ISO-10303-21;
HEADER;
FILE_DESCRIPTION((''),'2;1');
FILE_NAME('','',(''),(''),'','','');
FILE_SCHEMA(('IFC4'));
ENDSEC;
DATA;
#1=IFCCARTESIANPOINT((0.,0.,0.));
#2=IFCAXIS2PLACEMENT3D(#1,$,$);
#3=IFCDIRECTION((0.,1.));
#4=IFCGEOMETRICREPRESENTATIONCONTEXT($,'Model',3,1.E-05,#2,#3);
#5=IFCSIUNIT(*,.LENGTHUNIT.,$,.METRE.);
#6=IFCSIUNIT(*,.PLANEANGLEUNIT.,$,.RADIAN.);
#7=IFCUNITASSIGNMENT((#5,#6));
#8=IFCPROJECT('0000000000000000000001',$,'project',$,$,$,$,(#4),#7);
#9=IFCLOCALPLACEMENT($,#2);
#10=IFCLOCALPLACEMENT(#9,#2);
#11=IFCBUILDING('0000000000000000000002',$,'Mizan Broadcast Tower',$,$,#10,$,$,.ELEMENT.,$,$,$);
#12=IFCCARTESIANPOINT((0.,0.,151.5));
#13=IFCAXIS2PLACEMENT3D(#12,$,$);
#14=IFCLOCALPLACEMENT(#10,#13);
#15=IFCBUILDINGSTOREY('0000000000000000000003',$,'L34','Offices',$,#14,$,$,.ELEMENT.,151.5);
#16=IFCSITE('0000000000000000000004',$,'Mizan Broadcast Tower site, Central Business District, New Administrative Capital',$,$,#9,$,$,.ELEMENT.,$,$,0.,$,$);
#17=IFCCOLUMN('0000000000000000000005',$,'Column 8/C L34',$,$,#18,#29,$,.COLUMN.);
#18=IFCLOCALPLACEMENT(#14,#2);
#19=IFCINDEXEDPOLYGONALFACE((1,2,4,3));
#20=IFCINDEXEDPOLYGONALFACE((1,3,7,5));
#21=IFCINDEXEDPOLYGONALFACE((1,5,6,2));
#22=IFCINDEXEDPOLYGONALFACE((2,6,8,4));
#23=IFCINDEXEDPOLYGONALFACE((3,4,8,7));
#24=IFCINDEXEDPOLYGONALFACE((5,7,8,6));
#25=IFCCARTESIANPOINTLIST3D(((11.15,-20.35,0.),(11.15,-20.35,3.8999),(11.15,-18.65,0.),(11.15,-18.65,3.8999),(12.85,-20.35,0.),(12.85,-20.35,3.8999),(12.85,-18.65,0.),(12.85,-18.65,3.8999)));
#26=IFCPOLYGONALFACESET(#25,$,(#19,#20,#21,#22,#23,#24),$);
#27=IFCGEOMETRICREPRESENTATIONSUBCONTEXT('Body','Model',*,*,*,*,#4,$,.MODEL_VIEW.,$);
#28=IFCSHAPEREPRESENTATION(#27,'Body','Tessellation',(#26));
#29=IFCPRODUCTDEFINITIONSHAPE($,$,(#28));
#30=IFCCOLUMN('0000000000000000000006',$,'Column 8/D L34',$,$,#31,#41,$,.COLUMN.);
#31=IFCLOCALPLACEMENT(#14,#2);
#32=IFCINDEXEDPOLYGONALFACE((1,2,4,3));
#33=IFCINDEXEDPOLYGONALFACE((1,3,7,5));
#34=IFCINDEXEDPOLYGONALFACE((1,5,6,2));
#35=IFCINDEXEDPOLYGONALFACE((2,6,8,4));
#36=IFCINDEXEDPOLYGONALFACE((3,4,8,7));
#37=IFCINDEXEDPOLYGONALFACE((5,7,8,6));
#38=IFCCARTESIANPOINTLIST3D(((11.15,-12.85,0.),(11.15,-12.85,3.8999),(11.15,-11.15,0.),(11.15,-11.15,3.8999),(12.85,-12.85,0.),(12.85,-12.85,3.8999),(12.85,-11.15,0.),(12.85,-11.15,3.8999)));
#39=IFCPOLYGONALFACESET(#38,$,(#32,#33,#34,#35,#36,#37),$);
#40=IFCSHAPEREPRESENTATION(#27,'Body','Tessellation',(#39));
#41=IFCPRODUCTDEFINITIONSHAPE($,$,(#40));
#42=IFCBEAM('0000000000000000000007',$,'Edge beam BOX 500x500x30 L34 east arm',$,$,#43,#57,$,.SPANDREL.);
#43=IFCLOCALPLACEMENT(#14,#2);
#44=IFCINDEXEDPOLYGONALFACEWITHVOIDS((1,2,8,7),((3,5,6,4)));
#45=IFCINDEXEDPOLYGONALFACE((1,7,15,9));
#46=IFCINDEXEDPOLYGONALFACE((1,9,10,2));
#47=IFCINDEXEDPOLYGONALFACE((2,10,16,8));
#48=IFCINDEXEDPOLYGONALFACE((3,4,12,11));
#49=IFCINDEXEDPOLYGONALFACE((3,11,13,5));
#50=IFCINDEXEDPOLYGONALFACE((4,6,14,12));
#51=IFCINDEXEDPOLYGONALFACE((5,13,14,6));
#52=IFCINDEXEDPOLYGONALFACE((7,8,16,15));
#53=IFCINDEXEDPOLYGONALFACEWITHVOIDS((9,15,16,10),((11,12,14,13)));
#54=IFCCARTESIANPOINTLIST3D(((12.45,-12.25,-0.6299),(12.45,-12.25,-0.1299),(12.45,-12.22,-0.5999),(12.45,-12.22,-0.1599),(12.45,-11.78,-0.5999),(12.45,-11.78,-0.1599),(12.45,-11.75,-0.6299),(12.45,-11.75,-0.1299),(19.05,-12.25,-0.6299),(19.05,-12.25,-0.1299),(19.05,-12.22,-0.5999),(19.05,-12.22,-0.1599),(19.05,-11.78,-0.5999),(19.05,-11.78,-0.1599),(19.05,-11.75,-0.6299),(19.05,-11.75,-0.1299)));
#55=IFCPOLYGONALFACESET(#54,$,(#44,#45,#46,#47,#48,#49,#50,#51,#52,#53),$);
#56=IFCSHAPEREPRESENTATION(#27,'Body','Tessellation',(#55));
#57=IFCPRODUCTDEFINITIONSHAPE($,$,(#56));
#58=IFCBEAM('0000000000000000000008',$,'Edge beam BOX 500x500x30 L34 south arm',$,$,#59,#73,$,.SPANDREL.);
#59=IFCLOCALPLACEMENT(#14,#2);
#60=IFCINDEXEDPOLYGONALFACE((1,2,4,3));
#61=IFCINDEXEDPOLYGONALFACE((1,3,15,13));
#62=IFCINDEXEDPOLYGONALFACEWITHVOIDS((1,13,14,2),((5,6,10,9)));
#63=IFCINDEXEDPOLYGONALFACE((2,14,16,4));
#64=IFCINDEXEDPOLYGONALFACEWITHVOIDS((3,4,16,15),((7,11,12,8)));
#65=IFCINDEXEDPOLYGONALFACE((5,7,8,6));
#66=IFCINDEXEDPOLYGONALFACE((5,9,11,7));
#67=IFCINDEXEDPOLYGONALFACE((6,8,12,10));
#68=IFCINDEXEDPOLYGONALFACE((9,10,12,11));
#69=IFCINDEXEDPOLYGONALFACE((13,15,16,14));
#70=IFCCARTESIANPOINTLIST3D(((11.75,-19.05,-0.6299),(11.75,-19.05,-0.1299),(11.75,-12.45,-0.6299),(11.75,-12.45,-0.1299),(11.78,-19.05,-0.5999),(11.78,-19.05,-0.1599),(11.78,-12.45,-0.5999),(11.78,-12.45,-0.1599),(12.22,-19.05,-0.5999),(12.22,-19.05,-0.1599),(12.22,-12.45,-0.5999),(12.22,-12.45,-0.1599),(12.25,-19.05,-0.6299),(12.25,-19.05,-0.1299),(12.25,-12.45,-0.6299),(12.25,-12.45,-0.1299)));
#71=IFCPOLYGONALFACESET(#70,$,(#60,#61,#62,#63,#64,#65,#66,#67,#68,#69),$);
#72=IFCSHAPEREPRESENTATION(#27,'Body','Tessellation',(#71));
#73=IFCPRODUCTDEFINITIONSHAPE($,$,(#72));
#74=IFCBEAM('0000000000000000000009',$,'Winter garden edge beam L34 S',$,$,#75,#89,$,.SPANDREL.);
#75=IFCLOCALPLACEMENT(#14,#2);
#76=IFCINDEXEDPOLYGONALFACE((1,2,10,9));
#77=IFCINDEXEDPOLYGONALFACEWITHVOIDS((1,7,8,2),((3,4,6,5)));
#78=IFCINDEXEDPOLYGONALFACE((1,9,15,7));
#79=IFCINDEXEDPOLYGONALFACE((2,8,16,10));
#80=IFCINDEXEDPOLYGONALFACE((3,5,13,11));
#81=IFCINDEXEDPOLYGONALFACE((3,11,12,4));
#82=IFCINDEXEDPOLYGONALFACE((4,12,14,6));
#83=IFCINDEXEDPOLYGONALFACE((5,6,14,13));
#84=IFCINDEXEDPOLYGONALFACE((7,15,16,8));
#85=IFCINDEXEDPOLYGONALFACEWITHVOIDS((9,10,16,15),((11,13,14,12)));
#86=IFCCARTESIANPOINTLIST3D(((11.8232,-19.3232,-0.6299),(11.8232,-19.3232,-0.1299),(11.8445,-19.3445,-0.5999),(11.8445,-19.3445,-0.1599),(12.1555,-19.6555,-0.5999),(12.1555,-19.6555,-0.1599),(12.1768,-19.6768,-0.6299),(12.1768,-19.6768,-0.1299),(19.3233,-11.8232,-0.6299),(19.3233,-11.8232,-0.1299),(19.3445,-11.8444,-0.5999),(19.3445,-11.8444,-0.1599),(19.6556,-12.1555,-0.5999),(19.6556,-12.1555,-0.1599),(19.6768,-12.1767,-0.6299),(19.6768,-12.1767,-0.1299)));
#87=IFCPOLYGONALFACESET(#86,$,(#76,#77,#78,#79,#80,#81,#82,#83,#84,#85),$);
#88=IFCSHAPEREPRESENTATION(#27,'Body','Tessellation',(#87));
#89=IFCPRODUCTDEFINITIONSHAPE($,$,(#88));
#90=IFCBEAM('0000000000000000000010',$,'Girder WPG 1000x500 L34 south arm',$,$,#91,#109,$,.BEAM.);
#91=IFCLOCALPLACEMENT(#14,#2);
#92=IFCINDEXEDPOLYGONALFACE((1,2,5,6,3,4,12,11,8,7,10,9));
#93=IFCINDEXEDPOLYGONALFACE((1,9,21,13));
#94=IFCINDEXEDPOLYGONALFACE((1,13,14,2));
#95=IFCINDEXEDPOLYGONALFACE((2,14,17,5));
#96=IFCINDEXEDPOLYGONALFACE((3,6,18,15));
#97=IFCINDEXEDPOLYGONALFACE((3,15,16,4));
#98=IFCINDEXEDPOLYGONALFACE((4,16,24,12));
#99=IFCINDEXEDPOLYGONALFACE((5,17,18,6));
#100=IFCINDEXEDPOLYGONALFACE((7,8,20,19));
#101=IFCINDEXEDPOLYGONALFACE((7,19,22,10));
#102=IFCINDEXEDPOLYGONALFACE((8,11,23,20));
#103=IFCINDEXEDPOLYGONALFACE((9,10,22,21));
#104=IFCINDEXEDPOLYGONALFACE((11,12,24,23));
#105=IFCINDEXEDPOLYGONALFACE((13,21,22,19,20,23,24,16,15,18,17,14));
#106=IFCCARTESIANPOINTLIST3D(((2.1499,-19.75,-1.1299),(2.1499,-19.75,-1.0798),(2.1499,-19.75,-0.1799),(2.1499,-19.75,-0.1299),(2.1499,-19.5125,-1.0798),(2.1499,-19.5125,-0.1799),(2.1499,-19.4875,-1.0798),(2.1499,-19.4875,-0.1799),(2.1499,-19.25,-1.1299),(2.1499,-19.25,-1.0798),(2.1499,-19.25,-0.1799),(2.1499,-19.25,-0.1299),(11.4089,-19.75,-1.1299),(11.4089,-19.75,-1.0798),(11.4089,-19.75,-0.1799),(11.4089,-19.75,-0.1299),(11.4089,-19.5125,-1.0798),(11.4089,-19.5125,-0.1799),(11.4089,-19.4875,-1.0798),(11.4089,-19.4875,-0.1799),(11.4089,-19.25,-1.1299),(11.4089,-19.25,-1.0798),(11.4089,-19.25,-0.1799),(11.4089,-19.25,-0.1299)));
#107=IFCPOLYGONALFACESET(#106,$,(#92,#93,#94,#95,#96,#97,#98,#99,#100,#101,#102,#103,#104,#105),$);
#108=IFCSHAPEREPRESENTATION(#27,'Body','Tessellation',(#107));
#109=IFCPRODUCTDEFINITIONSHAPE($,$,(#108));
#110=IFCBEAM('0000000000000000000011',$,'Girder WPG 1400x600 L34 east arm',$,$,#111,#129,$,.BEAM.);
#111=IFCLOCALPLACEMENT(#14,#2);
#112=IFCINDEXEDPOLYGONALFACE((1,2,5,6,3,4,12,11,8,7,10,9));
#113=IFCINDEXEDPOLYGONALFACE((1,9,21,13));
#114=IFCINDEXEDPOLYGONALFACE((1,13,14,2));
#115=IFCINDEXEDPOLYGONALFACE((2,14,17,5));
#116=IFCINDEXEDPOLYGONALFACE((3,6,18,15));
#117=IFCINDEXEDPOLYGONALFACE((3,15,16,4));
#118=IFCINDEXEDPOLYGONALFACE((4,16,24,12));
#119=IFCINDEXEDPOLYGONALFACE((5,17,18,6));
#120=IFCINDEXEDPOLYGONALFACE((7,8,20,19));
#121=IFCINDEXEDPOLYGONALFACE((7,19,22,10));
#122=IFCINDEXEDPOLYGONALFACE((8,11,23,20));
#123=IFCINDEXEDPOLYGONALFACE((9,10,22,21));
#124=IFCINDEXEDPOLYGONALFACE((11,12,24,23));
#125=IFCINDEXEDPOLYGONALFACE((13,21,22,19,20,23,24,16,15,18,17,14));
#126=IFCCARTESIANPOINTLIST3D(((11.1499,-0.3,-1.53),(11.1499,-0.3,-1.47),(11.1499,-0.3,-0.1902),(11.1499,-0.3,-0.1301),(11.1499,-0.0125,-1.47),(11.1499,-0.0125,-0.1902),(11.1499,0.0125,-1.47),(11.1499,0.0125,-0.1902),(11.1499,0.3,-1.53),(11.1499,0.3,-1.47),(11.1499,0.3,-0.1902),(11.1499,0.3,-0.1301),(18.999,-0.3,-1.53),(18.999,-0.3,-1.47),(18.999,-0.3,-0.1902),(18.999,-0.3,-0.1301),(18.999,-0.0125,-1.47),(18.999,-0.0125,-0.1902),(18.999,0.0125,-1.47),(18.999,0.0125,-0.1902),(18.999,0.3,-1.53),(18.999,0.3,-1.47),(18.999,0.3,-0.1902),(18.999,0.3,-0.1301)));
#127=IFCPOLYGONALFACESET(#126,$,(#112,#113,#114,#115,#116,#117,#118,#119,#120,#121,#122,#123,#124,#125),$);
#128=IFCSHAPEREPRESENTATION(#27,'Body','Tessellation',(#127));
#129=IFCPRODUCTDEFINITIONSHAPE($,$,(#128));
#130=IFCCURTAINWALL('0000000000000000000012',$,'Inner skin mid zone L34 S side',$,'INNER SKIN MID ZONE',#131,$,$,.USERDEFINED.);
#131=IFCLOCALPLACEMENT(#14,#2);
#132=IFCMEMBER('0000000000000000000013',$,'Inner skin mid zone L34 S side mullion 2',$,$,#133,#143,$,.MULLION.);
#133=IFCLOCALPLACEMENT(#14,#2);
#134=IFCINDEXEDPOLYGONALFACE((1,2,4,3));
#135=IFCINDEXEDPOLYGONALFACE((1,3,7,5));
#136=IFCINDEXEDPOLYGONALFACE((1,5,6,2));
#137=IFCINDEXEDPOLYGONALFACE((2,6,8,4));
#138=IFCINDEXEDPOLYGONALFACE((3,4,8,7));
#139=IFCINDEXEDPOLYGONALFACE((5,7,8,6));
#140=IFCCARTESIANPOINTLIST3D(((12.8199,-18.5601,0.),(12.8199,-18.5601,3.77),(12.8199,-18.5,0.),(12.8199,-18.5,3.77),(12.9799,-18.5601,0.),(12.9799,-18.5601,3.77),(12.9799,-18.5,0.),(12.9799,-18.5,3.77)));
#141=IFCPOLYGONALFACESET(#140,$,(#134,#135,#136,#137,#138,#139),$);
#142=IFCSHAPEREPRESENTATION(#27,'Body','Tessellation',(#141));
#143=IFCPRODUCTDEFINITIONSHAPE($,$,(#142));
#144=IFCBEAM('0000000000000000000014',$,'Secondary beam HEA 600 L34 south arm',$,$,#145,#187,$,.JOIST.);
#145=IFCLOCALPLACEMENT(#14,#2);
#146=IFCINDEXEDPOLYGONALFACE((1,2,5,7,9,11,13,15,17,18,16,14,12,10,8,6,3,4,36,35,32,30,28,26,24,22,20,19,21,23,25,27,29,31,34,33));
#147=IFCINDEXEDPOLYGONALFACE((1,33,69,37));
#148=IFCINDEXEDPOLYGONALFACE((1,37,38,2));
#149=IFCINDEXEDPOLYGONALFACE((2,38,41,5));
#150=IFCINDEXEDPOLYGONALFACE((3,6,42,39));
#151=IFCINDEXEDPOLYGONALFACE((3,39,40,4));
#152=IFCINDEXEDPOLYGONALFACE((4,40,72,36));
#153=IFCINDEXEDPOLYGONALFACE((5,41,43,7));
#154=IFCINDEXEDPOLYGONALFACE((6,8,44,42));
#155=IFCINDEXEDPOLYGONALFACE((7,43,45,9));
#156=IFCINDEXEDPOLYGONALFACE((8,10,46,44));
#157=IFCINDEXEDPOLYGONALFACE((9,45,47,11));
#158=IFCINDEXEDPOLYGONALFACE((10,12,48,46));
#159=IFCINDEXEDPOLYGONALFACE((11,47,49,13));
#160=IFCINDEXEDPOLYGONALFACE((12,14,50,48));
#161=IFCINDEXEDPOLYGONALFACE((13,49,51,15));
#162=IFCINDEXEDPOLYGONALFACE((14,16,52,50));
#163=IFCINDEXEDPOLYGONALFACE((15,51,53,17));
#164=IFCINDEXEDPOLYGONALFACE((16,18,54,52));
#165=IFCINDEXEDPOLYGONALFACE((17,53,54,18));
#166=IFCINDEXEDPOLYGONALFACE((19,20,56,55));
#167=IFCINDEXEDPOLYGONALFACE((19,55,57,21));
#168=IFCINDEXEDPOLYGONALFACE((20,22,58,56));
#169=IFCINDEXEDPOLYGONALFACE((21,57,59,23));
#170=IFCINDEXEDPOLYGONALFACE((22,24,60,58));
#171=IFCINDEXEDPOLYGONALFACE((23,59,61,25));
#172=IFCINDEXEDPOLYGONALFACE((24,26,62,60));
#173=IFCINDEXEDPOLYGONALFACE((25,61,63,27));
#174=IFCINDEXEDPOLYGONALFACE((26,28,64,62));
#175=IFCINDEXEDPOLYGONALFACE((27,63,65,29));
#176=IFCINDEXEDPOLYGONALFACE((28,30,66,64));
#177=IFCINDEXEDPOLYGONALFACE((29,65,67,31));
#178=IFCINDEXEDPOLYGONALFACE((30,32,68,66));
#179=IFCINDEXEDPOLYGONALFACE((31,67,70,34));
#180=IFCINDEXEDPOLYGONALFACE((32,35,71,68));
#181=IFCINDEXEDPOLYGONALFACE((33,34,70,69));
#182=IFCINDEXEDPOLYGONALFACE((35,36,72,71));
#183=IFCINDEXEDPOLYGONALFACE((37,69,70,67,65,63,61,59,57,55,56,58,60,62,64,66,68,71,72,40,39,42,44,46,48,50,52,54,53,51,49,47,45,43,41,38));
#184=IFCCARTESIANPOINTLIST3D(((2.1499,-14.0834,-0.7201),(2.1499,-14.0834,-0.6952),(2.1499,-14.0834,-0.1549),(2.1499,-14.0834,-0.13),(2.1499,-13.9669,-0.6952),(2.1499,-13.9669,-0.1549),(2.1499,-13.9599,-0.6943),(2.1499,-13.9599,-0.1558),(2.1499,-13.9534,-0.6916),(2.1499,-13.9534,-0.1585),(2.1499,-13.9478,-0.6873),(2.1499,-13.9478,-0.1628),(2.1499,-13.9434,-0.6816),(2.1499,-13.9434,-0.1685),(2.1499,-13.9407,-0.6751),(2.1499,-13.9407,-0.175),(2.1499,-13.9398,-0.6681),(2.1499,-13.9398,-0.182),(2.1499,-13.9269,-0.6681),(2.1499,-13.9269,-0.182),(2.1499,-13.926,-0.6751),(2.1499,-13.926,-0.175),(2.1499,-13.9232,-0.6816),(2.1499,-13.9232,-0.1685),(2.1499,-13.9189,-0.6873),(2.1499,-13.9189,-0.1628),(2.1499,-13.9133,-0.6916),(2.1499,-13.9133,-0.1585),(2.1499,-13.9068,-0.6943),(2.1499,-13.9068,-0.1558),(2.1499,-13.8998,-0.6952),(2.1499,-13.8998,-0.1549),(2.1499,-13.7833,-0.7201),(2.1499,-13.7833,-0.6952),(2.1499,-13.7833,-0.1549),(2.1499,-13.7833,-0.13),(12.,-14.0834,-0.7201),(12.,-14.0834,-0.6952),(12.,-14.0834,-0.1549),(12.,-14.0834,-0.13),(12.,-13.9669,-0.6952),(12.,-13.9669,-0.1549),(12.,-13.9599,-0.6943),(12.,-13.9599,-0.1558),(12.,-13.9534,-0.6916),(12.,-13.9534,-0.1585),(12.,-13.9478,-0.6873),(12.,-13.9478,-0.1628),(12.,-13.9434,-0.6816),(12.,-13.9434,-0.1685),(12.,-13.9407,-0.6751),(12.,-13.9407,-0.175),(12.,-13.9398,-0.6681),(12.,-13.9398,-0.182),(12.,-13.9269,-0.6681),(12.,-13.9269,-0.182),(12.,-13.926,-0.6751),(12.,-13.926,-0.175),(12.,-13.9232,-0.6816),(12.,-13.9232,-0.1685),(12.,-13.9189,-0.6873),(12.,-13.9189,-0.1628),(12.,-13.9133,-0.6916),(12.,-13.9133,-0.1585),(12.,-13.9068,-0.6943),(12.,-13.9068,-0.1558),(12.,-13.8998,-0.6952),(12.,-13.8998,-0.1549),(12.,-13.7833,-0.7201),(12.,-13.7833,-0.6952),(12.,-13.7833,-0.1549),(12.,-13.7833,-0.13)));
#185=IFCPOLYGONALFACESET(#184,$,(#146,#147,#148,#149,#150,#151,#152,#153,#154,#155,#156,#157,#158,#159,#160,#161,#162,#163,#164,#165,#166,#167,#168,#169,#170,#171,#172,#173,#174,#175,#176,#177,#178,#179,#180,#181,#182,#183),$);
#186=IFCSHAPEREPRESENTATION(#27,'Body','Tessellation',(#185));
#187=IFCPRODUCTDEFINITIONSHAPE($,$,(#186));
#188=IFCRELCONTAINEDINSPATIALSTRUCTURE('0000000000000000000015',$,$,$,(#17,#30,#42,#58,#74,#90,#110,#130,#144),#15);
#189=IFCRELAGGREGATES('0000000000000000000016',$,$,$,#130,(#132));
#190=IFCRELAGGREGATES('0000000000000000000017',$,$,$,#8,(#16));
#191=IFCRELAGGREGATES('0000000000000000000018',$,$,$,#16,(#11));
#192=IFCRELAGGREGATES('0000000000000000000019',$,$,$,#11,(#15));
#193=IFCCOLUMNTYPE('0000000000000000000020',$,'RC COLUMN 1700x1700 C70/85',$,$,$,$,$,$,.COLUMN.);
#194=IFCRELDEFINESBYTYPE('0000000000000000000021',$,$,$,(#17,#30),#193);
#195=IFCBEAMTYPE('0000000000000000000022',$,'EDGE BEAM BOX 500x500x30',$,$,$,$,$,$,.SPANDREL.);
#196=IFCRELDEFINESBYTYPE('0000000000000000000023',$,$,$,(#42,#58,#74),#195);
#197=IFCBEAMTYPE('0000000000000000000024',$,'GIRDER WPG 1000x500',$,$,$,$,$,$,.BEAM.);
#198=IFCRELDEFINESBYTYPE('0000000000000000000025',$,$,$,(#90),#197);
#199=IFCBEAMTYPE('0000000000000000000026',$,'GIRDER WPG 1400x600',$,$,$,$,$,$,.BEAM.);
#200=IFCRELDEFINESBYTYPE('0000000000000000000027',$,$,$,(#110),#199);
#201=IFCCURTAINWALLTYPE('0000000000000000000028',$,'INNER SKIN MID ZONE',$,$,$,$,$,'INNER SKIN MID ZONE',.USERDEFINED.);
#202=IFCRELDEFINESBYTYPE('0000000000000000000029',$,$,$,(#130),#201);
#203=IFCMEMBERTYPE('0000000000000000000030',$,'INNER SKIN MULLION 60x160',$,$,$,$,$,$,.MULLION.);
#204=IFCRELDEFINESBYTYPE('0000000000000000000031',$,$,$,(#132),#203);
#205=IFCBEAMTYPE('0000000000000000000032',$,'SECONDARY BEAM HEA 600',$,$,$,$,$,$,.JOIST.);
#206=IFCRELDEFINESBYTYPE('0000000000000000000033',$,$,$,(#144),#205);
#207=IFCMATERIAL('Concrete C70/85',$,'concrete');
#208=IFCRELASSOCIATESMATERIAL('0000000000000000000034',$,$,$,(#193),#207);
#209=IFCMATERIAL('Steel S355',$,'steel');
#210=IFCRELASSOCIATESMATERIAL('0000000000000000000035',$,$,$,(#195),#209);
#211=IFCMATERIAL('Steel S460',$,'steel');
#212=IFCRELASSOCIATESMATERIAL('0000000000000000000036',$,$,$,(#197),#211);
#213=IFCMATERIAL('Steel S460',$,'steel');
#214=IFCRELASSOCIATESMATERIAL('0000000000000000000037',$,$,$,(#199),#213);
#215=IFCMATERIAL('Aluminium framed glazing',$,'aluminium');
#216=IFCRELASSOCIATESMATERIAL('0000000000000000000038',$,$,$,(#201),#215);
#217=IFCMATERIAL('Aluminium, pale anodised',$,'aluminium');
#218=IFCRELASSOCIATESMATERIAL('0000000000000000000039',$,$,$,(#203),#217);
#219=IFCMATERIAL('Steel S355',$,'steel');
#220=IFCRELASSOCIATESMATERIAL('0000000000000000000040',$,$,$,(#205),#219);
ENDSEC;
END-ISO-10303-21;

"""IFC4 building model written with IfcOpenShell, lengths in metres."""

from ifc_helpers import new_model, si_unit, direction, frame, origin, origin_2d, place, context, subcontext, project, spatial, rectangle, hollow_rectangle, i_section, extrude, material, material_profile, profile_set, type_object, element, aggregate, save


model = new_model("IFC4")

# Units and contexts
model_context = context("Model", 3, precision=1e-05, world=origin(), true_north=direction((0.0, 1.0)))
body_context = subcontext(model_context, "Body", "Model", "MODEL_VIEW")
ifc_project = project(units=[si_unit("LENGTHUNIT", "METRE"), si_unit("PLANEANGLEUNIT", "RADIAN")], contexts=[model_context])

# Site, building, storey
site_placement = place(None, origin())
site = spatial("IfcSite", under=ifc_project, at=site_placement, Name="Mizan Broadcast Tower site, Central Business District, New Administrative Capital", CompositionType="ELEMENT", RefElevation=0.0)
building_placement = place(site_placement, origin())
building = spatial("IfcBuilding", under=site, at=building_placement, Name="Mizan Broadcast Tower", CompositionType="ELEMENT")
storey_placement = place(building_placement, frame((0.0, 0.0, 151.5)))
storey = spatial("IfcBuildingStorey", under=building, at=storey_placement, Name="L34", Description="Offices", CompositionType="ELEMENT", Elevation=151.5)

# Columns
ifc_material_1 = material(Name="Concrete C70/85", Category="concrete")
ifc_material_profile_1 = material_profile(ifc_material_1, rectangle(XDim=1.7, YDim=1.7, at=origin_2d()), Name="RC 1700x1700")
ifc_profile_set_1 = profile_set([ifc_material_profile_1], Name="Concrete C70/85")
column_type = type_object("IfcColumnType", Name="RC COLUMN 1700x1700 C70/85", PredefinedType="COLUMN", material=ifc_profile_set_1)
for number, where, z_axis, x_axis, name in (
    (1, (12.0, -19.5, 0.0), (0.0, 0.0, 1.0), (1.0, 0.0, 0.0), "Column 8/C L34"),
    (2, (12.0, -12.0, 0.0), (0.0, 0.0, 1.0), (1.0, 0.0, 0.0), "Column 8/D L34"),
):
    element("IfcColumn", number, at=place(storey_placement, frame(where, z_axis=z_axis, x_axis=x_axis)), inside=storey, type_object=column_type, Name=name, PredefinedType="COLUMN", context=body_context, shape_type="SweptSolid", body=[
        extrude(rectangle(XDim=1.7, YDim=1.7, at=origin_2d()), origin(), (0.0, 0.0, 1.0), 3.8999),
    ])

# Beams
ifc_material_2 = material(Name="Steel S355", Category="steel")
ifc_material_profile_2 = material_profile(ifc_material_2, hollow_rectangle(XDim=0.5, YDim=0.5, WallThickness=0.03, at=origin_2d()), Name="BOX 500x500x30")
ifc_profile_set_2 = profile_set([ifc_material_profile_2], Name="Steel S355")
beam_type_1 = type_object("IfcBeamType", Name="EDGE BEAM BOX 500x500x30", PredefinedType="SPANDREL", material=ifc_profile_set_2)
for number, where, z_axis, x_axis, name in (
    (3, (12.45, -12.0, -0.3799), (1.0, 0.0, 0.0), (0.0, 1.0, 0.0), "Edge beam BOX 500x500x30 L34 east arm"),
    (4, (12.0, -12.45, -0.3799), (0.0, -1.0, 0.0), (1.0, 0.0, 0.0), "Edge beam BOX 500x500x30 L34 south arm"),
):
    element("IfcBeam", number, at=place(storey_placement, frame(where, z_axis=z_axis, x_axis=x_axis)), inside=storey, type_object=beam_type_1, Name=name, PredefinedType="SPANDREL", context=body_context, shape_type="SweptSolid", body=[
        extrude(hollow_rectangle(XDim=0.5, YDim=0.5, WallThickness=0.03, at=origin_2d()), origin(), (0.0, 0.0, 1.0), 6.6001),
    ])
beam_1_placement = place(storey_placement, frame((12.0, -19.5, -0.3799), z_axis=(0.707107, 0.707107, 0.0), x_axis=(-0.707107, 0.707107, 0.0)))
element("IfcBeam", 5, at=beam_1_placement, inside=storey, type_object=beam_type_1, Name="Winter garden edge beam L34 S", PredefinedType="SPANDREL", context=body_context, shape_type="SweptSolid", body=[
    extrude(hollow_rectangle(XDim=0.5, YDim=0.5, WallThickness=0.03, at=origin_2d()), origin(), (0.0, 0.0, 1.0), 10.6067),
])
ifc_material_3 = material(Name="Steel S460", Category="steel")
ifc_material_profile_3 = material_profile(ifc_material_3, i_section(OverallWidth=0.5, OverallDepth=1.0, WebThickness=0.0249, FlangeThickness=0.05, at=origin_2d()), Name="WPG 1000x500")
ifc_profile_set_3 = profile_set([ifc_material_profile_3], Name="Steel S460")
beam_type_2 = type_object("IfcBeamType", Name="GIRDER WPG 1000x500", PredefinedType="BEAM", material=ifc_profile_set_3)
beam_2_placement = place(storey_placement, frame((11.4089, -19.5, -0.6299), z_axis=(-1.0, 0.0, 0.0), x_axis=(0.0, -1.0, 0.0)))
element("IfcBeam", 6, at=beam_2_placement, inside=storey, type_object=beam_type_2, Name="Girder WPG 1000x500 L34 south arm", PredefinedType="BEAM", context=body_context, shape_type="SweptSolid", body=[
    extrude(i_section(OverallWidth=0.5, OverallDepth=1.0, WebThickness=0.0249, FlangeThickness=0.05, at=origin_2d()), origin(), (0.0, 0.0, 1.0), 9.259),
])
ifc_material_4 = material(Name="Steel S460", Category="steel")
ifc_material_profile_4 = material_profile(ifc_material_4, i_section(OverallWidth=0.6001, OverallDepth=1.3999, WebThickness=0.0249, FlangeThickness=0.0601, at=origin_2d()), Name="WPG 1400x600")
ifc_profile_set_4 = profile_set([ifc_material_profile_4], Name="Steel S460")
beam_type_3 = type_object("IfcBeamType", Name="GIRDER WPG 1400x600", PredefinedType="BEAM", material=ifc_profile_set_4)
beam_3_placement = place(storey_placement, frame((11.1499, 0.0, -0.8301), z_axis=(1.0, 0.0, 0.0), x_axis=(0.0, 1.0, 0.0)))
element("IfcBeam", 7, at=beam_3_placement, inside=storey, type_object=beam_type_3, Name="Girder WPG 1400x600 L34 east arm", PredefinedType="BEAM", context=body_context, shape_type="SweptSolid", body=[
    extrude(i_section(OverallWidth=0.6001, OverallDepth=1.3999, WebThickness=0.0249, FlangeThickness=0.0601, at=origin_2d()), origin(), (0.0, 0.0, 1.0), 7.8491),
])

# Curtain wall, member
ifc_material_5 = material(Name="Aluminium framed glazing", Category="aluminium")
curtain_wall_type = type_object("IfcCurtainWallType", Name="INNER SKIN MID ZONE", ElementType="INNER SKIN MID ZONE", PredefinedType="USERDEFINED", material=ifc_material_5)
curtain_wall_placement = place(storey_placement, origin())
curtain_wall = element("IfcCurtainWall", 8, at=curtain_wall_placement, inside=storey, type_object=curtain_wall_type, Name="Inner skin mid zone L34 S side", ObjectType="INNER SKIN MID ZONE", PredefinedType="USERDEFINED")
ifc_material_6 = material(Name="Aluminium, pale anodised", Category="aluminium")
ifc_material_profile_5 = material_profile(ifc_material_6, rectangle(XDim=0.1599, YDim=0.0601, at=origin_2d()), Name="MULLION 160x60")
ifc_profile_set_5 = profile_set([ifc_material_profile_5], Name="Aluminium, pale anodised")
member_type = type_object("IfcMemberType", Name="INNER SKIN MULLION 60x160", PredefinedType="MULLION", material=ifc_profile_set_5)
member_placement = place(storey_placement, frame((12.8999, -18.53, 0.0), z_axis=(0.0, 0.0, 1.0), x_axis=(-1.0, 0.0, 0.0)))
member = element("IfcMember", 9, at=member_placement, type_object=member_type, Name="Inner skin mid zone L34 S side mullion 2", PredefinedType="MULLION", context=body_context, shape_type="SweptSolid", body=[
    extrude(rectangle(XDim=0.1599, YDim=0.0601, at=origin_2d()), origin(), (0.0, 0.0, 1.0), 3.77),
])
aggregate(curtain_wall, [member])

# Beam
ifc_material_7 = material(Name="Steel S355", Category="steel")
ifc_material_profile_6 = material_profile(ifc_material_7, i_section(OverallWidth=0.3, OverallDepth=0.5901, WebThickness=0.0129, FlangeThickness=0.0249, FilletRadius=0.0271, at=origin_2d()), Name="HEA 600")
ifc_profile_set_6 = profile_set([ifc_material_profile_6], Name="Steel S355")
beam_type_4 = type_object("IfcBeamType", Name="SECONDARY BEAM HEA 600", PredefinedType="JOIST", material=ifc_profile_set_6)
for number, where, z_axis, x_axis, name in (
    (10, (12.0, -13.9333, -0.425), (-1.0, 0.0, 0.0), (0.0, -1.0, 0.0), "Secondary beam HEA 600 L34 south arm"),
):
    element("IfcBeam", number, at=place(storey_placement, frame(where, z_axis=z_axis, x_axis=x_axis)), inside=storey, type_object=beam_type_4, Name=name, PredefinedType="JOIST", context=body_context, shape_type="SweptSolid", body=[
        extrude(i_section(OverallWidth=0.3, OverallDepth=0.5901, WebThickness=0.0129, FlangeThickness=0.0249, FilletRadius=0.0271, at=origin_2d()), origin(), (0.0, 0.0, 1.0), 9.8501),
    ])

save(model, "model.ifc")
